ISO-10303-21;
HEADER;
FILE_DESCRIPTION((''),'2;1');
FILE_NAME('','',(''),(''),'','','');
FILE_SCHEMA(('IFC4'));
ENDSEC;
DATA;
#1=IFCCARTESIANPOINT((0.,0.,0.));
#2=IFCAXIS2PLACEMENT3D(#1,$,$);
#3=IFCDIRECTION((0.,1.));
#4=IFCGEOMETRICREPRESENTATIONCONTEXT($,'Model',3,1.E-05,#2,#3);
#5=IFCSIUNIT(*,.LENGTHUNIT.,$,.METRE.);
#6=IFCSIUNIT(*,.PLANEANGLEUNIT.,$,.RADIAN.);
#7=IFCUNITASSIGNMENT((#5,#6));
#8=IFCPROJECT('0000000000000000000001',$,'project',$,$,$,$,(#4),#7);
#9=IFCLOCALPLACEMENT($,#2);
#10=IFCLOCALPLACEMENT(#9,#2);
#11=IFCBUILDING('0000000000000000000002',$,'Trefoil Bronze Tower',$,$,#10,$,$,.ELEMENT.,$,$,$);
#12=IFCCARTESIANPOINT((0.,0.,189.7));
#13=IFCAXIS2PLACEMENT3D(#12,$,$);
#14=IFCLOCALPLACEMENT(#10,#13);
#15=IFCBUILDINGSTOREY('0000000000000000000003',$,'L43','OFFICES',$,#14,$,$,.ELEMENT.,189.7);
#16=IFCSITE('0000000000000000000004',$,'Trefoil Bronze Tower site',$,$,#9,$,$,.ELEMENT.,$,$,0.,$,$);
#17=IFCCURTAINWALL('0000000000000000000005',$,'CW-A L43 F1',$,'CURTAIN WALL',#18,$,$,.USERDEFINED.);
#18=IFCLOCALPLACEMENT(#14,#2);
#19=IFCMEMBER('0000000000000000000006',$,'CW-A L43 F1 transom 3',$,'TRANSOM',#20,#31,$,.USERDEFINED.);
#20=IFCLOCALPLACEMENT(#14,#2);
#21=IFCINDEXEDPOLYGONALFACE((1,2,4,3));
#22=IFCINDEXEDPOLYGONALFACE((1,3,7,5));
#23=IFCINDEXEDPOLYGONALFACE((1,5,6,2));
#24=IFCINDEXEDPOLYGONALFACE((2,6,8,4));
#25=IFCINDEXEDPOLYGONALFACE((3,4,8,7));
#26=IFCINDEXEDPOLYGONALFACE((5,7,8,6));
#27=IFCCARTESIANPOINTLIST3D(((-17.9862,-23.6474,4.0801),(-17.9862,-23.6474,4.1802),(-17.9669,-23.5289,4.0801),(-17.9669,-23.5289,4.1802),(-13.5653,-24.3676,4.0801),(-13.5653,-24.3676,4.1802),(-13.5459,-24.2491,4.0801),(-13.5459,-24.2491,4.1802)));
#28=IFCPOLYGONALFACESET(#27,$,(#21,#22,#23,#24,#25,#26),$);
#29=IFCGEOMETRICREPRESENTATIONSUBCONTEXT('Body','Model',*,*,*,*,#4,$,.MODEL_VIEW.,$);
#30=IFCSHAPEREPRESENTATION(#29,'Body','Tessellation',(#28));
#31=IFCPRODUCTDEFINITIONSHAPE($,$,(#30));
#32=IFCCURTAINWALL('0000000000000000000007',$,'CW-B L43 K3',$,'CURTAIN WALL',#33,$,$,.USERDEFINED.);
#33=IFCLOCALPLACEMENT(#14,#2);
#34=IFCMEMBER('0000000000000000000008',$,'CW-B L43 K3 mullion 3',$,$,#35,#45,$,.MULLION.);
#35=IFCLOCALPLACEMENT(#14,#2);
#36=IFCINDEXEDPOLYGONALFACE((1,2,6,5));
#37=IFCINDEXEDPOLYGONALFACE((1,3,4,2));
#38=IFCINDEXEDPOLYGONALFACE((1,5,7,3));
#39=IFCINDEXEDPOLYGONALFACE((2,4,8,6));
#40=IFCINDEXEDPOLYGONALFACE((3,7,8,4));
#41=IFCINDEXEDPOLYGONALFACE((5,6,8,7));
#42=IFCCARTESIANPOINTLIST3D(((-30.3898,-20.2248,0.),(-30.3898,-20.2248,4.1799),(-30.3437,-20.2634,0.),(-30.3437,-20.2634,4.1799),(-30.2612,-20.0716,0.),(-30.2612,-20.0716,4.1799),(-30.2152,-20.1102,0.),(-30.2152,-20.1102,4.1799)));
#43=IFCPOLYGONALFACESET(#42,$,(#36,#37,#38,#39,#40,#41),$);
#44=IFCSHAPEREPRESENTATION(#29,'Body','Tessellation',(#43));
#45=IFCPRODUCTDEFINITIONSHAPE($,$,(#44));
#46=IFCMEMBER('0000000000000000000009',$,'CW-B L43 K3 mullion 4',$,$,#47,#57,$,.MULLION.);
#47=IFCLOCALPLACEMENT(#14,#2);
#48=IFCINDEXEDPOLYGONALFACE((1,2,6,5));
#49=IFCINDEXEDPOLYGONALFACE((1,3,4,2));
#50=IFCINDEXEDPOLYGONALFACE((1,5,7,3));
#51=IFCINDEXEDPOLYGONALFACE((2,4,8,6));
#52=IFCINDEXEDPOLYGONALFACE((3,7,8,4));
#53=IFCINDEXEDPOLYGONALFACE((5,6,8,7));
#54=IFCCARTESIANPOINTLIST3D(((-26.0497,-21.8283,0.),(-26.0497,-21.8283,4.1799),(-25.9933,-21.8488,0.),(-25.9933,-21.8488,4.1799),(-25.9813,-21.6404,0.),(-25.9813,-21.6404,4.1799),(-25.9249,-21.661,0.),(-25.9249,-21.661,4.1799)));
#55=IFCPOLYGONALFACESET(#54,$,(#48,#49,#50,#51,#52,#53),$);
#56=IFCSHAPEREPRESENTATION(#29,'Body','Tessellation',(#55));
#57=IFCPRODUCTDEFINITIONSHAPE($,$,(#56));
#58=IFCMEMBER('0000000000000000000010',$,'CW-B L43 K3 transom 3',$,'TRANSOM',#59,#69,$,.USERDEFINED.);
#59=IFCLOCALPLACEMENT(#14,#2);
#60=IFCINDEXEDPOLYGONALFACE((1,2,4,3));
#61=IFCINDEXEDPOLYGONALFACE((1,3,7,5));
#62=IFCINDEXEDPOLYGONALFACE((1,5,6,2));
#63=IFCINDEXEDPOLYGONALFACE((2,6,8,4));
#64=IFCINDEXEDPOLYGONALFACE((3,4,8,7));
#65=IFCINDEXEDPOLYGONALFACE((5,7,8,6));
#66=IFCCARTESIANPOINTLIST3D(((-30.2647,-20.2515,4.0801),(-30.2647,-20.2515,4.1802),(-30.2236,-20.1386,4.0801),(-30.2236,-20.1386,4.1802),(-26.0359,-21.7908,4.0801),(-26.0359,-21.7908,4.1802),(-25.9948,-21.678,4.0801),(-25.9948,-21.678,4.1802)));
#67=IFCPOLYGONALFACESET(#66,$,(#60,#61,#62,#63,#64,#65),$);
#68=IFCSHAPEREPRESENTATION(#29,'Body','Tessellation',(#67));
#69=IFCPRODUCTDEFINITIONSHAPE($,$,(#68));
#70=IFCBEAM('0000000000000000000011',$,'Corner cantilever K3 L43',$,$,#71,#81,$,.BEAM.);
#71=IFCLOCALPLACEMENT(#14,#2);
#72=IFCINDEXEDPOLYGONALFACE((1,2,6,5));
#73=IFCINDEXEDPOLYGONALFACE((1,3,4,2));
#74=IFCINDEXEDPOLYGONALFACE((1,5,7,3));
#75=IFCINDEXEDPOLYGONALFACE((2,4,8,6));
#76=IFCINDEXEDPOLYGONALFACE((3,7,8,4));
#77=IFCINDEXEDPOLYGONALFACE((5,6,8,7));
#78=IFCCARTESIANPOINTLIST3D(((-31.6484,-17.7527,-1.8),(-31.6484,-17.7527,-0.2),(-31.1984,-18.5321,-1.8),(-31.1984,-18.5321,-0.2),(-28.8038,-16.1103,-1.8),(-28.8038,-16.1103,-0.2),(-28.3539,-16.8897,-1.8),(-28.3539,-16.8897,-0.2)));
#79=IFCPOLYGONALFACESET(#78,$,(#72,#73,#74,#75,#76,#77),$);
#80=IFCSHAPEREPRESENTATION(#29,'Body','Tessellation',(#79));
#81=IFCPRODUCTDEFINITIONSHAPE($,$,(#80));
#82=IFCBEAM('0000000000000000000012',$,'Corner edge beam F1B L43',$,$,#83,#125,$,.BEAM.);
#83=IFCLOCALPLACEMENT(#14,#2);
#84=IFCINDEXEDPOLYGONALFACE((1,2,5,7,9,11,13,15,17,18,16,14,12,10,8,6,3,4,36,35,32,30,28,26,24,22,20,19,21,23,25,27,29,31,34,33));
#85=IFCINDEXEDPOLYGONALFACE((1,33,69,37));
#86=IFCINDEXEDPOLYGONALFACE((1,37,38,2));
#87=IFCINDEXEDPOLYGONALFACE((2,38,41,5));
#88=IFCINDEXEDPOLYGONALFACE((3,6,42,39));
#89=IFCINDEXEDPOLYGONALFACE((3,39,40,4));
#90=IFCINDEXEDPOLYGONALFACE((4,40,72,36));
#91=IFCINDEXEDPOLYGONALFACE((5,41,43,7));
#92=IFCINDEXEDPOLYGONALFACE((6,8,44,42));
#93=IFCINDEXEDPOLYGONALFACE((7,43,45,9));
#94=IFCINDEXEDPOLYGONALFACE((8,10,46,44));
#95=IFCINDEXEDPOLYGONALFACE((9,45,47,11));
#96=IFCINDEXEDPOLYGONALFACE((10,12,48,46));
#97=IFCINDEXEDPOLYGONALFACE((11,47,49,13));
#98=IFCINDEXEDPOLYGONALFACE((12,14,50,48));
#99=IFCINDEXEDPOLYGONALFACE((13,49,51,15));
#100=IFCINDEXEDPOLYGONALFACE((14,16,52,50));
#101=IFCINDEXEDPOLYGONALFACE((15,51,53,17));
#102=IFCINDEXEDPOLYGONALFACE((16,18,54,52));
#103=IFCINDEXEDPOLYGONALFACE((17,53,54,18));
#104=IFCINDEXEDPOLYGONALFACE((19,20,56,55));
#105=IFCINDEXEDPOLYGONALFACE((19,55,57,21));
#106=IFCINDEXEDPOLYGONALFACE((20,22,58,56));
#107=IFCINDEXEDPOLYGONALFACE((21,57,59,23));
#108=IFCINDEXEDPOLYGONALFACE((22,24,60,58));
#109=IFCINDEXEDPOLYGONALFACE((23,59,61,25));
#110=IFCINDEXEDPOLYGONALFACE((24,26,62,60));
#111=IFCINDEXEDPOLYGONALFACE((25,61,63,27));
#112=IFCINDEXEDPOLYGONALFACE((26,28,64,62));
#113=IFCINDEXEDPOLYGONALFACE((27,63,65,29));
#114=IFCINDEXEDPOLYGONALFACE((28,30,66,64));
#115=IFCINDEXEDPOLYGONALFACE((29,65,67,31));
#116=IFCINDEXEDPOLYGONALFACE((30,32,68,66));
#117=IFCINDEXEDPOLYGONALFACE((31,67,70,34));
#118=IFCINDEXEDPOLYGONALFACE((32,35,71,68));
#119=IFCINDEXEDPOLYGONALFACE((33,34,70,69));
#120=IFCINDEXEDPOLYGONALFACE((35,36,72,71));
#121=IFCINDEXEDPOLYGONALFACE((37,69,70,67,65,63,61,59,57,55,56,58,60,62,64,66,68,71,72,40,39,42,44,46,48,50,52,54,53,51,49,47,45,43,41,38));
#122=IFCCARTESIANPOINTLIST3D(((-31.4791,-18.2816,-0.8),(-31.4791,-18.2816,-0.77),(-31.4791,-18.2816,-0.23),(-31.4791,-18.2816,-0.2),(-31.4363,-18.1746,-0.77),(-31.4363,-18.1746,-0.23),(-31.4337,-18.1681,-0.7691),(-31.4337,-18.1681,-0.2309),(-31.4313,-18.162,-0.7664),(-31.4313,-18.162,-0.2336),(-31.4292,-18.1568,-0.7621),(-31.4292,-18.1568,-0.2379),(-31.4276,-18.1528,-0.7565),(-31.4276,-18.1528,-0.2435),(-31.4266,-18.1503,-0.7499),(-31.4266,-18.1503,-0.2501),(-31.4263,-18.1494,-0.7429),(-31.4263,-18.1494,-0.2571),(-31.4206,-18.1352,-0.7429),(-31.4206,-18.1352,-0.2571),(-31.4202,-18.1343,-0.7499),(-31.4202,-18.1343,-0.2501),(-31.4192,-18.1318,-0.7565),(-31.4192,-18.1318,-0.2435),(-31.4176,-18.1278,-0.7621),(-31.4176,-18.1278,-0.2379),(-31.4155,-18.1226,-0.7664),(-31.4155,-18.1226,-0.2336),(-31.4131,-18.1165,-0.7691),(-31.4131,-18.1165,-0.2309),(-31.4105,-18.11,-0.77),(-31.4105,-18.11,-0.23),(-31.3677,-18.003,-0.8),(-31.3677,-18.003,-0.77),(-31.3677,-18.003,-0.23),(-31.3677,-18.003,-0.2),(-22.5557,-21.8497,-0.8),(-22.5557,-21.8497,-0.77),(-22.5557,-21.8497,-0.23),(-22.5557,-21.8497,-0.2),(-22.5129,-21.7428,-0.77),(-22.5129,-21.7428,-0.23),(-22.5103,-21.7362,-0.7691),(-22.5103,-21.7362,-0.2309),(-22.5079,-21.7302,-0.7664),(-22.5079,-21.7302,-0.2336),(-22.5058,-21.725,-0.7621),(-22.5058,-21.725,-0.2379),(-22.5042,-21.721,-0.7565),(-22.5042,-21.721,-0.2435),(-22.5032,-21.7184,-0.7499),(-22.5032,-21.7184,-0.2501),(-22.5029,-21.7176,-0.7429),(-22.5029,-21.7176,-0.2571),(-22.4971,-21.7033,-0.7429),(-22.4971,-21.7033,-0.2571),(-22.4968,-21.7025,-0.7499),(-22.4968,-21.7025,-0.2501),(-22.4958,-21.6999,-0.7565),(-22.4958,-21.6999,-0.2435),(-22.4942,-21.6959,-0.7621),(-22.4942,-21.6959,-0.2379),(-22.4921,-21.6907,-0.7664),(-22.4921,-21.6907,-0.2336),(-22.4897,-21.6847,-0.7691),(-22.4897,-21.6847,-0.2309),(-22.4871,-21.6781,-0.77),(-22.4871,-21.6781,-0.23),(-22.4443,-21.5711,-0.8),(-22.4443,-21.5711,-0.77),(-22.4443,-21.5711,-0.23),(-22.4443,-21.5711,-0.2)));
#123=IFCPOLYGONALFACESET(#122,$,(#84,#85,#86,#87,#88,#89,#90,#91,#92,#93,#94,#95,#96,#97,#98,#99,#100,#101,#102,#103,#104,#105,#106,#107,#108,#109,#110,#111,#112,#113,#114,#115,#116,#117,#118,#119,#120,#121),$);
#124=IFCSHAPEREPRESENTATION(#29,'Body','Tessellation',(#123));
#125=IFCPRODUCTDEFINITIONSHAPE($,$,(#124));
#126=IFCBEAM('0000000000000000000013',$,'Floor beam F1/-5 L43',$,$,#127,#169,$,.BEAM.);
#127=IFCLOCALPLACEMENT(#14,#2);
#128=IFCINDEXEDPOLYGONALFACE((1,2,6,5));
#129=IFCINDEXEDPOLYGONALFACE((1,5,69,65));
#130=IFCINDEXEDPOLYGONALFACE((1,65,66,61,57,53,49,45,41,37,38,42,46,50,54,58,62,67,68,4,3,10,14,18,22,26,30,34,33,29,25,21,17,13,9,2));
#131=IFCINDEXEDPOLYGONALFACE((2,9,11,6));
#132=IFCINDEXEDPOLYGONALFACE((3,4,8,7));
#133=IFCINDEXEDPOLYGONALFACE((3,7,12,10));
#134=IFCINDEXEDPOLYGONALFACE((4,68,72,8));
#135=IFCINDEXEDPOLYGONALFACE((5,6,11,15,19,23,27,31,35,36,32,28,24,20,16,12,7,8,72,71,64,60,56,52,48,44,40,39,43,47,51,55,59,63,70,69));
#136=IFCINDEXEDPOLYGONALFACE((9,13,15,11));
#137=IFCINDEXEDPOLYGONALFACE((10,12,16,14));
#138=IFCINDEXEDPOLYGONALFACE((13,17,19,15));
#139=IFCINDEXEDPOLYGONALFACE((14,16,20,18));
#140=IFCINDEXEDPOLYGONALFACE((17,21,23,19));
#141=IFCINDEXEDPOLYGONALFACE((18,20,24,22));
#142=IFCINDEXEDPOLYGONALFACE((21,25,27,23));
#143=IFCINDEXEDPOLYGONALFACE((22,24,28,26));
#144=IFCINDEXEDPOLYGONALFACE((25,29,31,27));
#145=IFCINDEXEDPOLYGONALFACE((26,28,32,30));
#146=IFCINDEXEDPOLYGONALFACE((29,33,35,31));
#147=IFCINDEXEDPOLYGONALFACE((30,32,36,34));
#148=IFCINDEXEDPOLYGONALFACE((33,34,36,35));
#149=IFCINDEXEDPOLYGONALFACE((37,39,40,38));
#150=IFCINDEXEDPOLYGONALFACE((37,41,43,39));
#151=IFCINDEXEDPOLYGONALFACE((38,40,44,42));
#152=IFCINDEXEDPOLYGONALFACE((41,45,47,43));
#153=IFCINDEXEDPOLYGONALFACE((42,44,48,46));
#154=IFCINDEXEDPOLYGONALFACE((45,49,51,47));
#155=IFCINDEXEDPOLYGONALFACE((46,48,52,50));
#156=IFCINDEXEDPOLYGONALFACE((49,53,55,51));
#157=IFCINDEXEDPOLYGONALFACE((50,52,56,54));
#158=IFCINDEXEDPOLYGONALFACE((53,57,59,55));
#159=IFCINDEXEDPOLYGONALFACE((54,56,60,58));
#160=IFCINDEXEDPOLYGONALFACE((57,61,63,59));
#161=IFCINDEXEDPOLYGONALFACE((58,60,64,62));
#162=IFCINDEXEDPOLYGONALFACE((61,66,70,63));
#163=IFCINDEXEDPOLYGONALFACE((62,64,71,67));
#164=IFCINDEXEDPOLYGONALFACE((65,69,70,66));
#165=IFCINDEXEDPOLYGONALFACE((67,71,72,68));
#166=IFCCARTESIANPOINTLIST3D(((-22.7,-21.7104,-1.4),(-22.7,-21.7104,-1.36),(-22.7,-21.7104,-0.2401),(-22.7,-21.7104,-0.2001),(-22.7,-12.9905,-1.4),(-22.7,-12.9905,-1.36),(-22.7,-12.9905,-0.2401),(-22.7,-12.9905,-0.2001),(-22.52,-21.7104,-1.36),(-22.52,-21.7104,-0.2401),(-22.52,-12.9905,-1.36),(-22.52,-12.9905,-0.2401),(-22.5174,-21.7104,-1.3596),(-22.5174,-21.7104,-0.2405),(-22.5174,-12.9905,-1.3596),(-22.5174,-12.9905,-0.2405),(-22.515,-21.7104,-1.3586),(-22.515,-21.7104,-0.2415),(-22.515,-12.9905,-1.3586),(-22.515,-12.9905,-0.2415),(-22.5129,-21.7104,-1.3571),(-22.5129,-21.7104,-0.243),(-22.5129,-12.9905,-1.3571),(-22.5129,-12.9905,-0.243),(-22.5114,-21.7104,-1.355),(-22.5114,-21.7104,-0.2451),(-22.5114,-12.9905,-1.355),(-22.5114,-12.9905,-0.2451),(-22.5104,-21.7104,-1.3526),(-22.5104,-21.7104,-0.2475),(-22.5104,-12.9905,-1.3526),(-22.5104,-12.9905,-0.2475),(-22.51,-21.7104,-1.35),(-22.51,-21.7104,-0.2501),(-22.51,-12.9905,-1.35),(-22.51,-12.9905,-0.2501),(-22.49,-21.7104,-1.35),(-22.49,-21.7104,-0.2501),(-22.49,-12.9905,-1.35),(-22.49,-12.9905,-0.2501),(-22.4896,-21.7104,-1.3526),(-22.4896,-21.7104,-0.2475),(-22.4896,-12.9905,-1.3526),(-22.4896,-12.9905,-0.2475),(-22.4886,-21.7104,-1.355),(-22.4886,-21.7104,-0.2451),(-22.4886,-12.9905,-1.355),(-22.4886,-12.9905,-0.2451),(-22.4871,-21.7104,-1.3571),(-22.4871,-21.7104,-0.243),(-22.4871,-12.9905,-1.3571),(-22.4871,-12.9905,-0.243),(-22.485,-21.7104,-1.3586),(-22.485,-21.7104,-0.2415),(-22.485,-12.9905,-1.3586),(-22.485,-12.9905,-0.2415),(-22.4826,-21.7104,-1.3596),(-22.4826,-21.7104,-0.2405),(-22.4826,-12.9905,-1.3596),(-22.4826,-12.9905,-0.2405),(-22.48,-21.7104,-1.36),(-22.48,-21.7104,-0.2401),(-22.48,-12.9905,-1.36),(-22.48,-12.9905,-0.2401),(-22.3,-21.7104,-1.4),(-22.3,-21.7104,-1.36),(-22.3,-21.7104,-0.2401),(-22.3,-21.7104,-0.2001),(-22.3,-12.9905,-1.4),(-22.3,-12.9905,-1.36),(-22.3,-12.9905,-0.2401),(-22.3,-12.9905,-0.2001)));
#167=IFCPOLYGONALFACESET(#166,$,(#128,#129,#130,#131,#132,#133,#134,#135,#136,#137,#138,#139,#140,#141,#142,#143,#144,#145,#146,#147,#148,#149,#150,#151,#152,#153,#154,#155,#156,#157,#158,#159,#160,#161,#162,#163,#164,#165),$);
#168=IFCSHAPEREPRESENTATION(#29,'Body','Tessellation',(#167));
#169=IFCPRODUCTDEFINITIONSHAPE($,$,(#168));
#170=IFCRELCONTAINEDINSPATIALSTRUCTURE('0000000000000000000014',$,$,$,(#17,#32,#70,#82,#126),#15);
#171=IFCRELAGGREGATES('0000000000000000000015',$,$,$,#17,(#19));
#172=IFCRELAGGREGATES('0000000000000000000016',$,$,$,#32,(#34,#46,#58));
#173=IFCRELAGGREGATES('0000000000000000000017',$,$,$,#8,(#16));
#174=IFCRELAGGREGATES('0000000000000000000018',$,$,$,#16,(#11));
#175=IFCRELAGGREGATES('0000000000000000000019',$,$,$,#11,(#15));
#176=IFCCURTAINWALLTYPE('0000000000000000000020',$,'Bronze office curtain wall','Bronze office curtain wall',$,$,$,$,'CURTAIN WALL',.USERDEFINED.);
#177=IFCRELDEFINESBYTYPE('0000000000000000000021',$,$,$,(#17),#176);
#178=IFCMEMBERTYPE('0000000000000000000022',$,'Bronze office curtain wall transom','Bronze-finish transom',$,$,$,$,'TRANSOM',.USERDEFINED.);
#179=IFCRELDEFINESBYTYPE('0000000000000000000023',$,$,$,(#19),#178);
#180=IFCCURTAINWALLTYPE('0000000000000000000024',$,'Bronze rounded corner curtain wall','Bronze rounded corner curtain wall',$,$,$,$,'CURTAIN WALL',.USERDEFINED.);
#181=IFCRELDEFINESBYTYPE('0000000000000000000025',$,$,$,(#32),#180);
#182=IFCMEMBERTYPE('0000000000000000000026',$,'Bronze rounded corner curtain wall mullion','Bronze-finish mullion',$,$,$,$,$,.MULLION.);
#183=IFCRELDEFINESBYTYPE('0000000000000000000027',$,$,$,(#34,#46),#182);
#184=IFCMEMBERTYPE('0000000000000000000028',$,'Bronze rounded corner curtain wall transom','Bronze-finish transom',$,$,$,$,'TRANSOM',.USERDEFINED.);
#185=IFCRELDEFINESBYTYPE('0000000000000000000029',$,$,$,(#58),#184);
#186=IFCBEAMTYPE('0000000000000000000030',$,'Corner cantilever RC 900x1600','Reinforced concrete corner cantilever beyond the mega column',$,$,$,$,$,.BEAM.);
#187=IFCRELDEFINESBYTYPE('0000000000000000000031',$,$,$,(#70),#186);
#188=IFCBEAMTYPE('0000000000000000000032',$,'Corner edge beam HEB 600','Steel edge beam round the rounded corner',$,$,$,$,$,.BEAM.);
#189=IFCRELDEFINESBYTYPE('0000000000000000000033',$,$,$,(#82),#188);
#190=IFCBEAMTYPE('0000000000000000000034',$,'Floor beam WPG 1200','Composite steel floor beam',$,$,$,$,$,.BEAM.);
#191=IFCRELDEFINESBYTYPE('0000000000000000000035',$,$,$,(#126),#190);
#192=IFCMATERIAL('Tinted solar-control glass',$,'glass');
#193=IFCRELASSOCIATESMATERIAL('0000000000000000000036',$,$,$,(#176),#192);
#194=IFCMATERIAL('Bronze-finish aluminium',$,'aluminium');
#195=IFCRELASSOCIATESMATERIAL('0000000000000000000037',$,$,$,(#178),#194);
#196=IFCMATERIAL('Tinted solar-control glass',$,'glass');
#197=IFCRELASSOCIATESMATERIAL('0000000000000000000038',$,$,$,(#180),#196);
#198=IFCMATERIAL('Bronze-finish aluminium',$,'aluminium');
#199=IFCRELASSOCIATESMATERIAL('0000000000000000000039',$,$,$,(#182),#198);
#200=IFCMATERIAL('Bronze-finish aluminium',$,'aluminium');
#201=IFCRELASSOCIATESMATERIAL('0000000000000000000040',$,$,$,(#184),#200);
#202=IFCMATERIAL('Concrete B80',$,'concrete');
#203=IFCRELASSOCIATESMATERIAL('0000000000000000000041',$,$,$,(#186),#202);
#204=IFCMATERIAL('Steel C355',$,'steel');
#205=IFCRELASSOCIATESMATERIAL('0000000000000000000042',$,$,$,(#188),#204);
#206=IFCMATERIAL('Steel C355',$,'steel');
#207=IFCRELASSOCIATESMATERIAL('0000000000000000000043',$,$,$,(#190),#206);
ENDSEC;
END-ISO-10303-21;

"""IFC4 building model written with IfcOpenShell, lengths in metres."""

from ifc_helpers import new_model, si_unit, direction, frame, origin, origin_2d, place, context, subcontext, project, spatial, rectangle, i_section, extrude, material, material_profile, profile_set, type_object, element, aggregate, save


model = new_model("IFC4")

# Units and contexts
model_context = context("Model", 3, precision=1e-05, world=origin(), true_north=direction((0.0, 1.0)))
body_context = subcontext(model_context, "Body", "Model", "MODEL_VIEW")
ifc_project = project(units=[si_unit("LENGTHUNIT", "METRE"), si_unit("PLANEANGLEUNIT", "RADIAN")], contexts=[model_context])

# Site, building, storey
site_placement = place(None, origin())
site = spatial("IfcSite", under=ifc_project, at=site_placement, Name="Trefoil Bronze Tower site", CompositionType="ELEMENT", RefElevation=0.0)
building_placement = place(site_placement, origin())
building = spatial("IfcBuilding", under=site, at=building_placement, Name="Trefoil Bronze Tower", CompositionType="ELEMENT")
storey_placement = place(building_placement, frame((0.0, 0.0, 189.7)))
storey = spatial("IfcBuildingStorey", under=building, at=storey_placement, Name="L43", Description="OFFICES", CompositionType="ELEMENT", Elevation=189.7)

# Curtain walls, members
ifc_material_1 = material(Name="Tinted solar-control glass", Category="glass")
curtain_wall_type_1 = type_object("IfcCurtainWallType", Name="Bronze office curtain wall", Description="Bronze office curtain wall", ElementType="CURTAIN WALL", PredefinedType="USERDEFINED", material=ifc_material_1)
curtain_wall_1_placement = place(storey_placement, origin())
curtain_wall_1 = element("IfcCurtainWall", 1, at=curtain_wall_1_placement, inside=storey, type_object=curtain_wall_type_1, Name="CW-A L43 F1", ObjectType="CURTAIN WALL", PredefinedType="USERDEFINED")
ifc_material_2 = material(Name="Bronze-finish aluminium", Category="aluminium")
ifc_material_profile_1 = material_profile(ifc_material_2, rectangle(XDim=0.1201, YDim=0.1001, at=origin_2d()), Name="CW-A transom")
ifc_profile_set_1 = profile_set([ifc_material_profile_1], Name="Bronze-finish aluminium")
member_type_1 = type_object("IfcMemberType", Name="Bronze office curtain wall transom", Description="Bronze-finish transom", ElementType="TRANSOM", PredefinedType="USERDEFINED", material=ifc_profile_set_1)
member_1_placement = place(storey_placement, frame((-17.9766, -23.5881, 4.1301), z_axis=(0.986988, -0.160792, 0.0), x_axis=(0.160792, 0.986988, 0.0)))
member_1 = element("IfcMember", 2, at=member_1_placement, type_object=member_type_1, Name="CW-A L43 F1 transom 3", ObjectType="TRANSOM", PredefinedType="USERDEFINED", context=body_context, shape_type="SweptSolid", body=[
    extrude(rectangle(XDim=0.1201, YDim=0.1001, at=origin_2d()), origin(), (0.0, 0.0, 1.0), 4.4792),
])
ifc_material_3 = material(Name="Tinted solar-control glass", Category="glass")
curtain_wall_type_2 = type_object("IfcCurtainWallType", Name="Bronze rounded corner curtain wall", Description="Bronze rounded corner curtain wall", ElementType="CURTAIN WALL", PredefinedType="USERDEFINED", material=ifc_material_3)
curtain_wall_2_placement = place(storey_placement, origin())
curtain_wall_2 = element("IfcCurtainWall", 3, at=curtain_wall_2_placement, inside=storey, type_object=curtain_wall_type_2, Name="CW-B L43 K3", ObjectType="CURTAIN WALL", PredefinedType="USERDEFINED")
ifc_material_4 = material(Name="Bronze-finish aluminium", Category="aluminium")
ifc_material_profile_2 = material_profile(ifc_material_4, rectangle(XDim=0.2, YDim=0.0601, at=origin_2d()), Name="CW-B mullion")
ifc_profile_set_2 = profile_set([ifc_material_profile_2], Name="Bronze-finish aluminium")
member_type_2 = type_object("IfcMemberType", Name="Bronze rounded corner curtain wall mullion", Description="Bronze-finish mullion", PredefinedType="MULLION", material=ifc_profile_set_2)
member_2_placement = place(storey_placement, frame((-30.3025, -20.1675, 0.0), z_axis=(0.0, 0.0, 1.0), x_axis=(0.642788, 0.766044, 0.0)))
member_2 = element("IfcMember", 4, at=member_2_placement, type_object=member_type_2, Name="CW-B L43 K3 mullion 3", PredefinedType="MULLION", context=body_context, shape_type="SweptSolid", body=[
    extrude(rectangle(XDim=0.2, YDim=0.0601, at=origin_2d()), origin(), (0.0, 0.0, 1.0), 4.1799),
])
member_3_placement = place(storey_placement, frame((-25.9873, -21.7446, 0.0), z_axis=(0.0, 0.0, 1.0), x_axis=(0.34202, 0.939693, 0.0)))
member_3 = element("IfcMember", 5, at=member_3_placement, type_object=member_type_2, Name="CW-B L43 K3 mullion 4", PredefinedType="MULLION", context=body_context, shape_type="SweptSolid", body=[
    extrude(rectangle(XDim=0.2, YDim=0.0601, at=origin_2d()), origin(), (0.0, 0.0, 1.0), 4.1799),
])
ifc_material_5 = material(Name="Bronze-finish aluminium", Category="aluminium")
ifc_material_profile_3 = material_profile(ifc_material_5, rectangle(XDim=0.1201, YDim=0.1001, at=origin_2d()), Name="CW-B transom")
ifc_profile_set_3 = profile_set([ifc_material_profile_3], Name="Bronze-finish aluminium")
member_type_3 = type_object("IfcMemberType", Name="Bronze rounded corner curtain wall transom", Description="Bronze-finish transom", ElementType="TRANSOM", PredefinedType="USERDEFINED", material=ifc_profile_set_3)
member_4_placement = place(storey_placement, frame((-30.2441, -20.1951, 4.1301), z_axis=(0.939681, -0.342052, 0.0), x_axis=(0.342052, 0.939681, 0.0)))
member_4 = element("IfcMember", 6, at=member_4_placement, type_object=member_type_3, Name="CW-B L43 K3 transom 3", ObjectType="TRANSOM", PredefinedType="USERDEFINED", context=body_context, shape_type="SweptSolid", body=[
    extrude(rectangle(XDim=0.1201, YDim=0.1001, at=origin_2d()), origin(), (0.0, 0.0, 1.0), 4.5002),
])

# Beams
ifc_material_6 = material(Name="Concrete B80", Category="concrete")
ifc_material_profile_4 = material_profile(ifc_material_6, rectangle(XDim=0.8999, YDim=1.6001, at=origin_2d()), Name="RC 900x1600")
ifc_profile_set_4 = profile_set([ifc_material_profile_4], Name="Concrete B80")
beam_type_1 = type_object("IfcBeamType", Name="Corner cantilever RC 900x1600", Description="Reinforced concrete corner cantilever beyond the mega column", PredefinedType="BEAM", material=ifc_profile_set_4)
beam_1_placement = place(storey_placement, frame((-28.5789, -16.5, -1.0), z_axis=(-0.866016, -0.500016, 0.0), x_axis=(0.500016, -0.866016, 0.0)))
element("IfcBeam", 7, at=beam_1_placement, inside=storey, type_object=beam_type_1, Name="Corner cantilever K3 L43", PredefinedType="BEAM", context=body_context, shape_type="SweptSolid", body=[
    extrude(rectangle(XDim=0.8999, YDim=1.6001, at=origin_2d()), origin(), (0.0, 0.0, 1.0), 3.2847),
])
ifc_material_7 = material(Name="Steel C355", Category="steel")
ifc_material_profile_5 = material_profile(ifc_material_7, i_section(OverallWidth=0.3, OverallDepth=0.6001, WebThickness=0.0154, FlangeThickness=0.03, FilletRadius=0.0271, at=origin_2d()), Name="HEB 600")
ifc_profile_set_5 = profile_set([ifc_material_profile_5], Name="Steel C355")
beam_type_2 = type_object("IfcBeamType", Name="Corner edge beam HEB 600", Description="Steel edge beam round the rounded corner", PredefinedType="BEAM", material=ifc_profile_set_5)
beam_2_placement = place(storey_placement, frame((-22.5, -21.7104, -0.5), z_axis=(-0.92852, 0.371281, 0.0), x_axis=(-0.371281, -0.92852, 0.0)))
element("IfcBeam", 8, at=beam_2_placement, inside=storey, type_object=beam_type_2, Name="Corner edge beam F1B L43", PredefinedType="BEAM", context=body_context, shape_type="SweptSolid", body=[
    extrude(i_section(OverallWidth=0.3, OverallDepth=0.6001, WebThickness=0.0154, FlangeThickness=0.03, FilletRadius=0.0271, at=origin_2d()), origin(), (0.0, 0.0, 1.0), 9.6104),
])
ifc_material_8 = material(Name="Steel C355", Category="steel")
ifc_material_profile_6 = material_profile(ifc_material_8, i_section(OverallWidth=0.3999, OverallDepth=1.2, WebThickness=0.02, FlangeThickness=0.04, FilletRadius=0.01, at=origin_2d()), Name="WPG 1200")
ifc_profile_set_6 = profile_set([ifc_material_profile_6], Name="Steel C355")
beam_type_3 = type_object("IfcBeamType", Name="Floor beam WPG 1200", Description="Composite steel floor beam", PredefinedType="BEAM", material=ifc_profile_set_6)
beam_3_placement = place(storey_placement, frame((-22.5, -21.7104, -0.8), z_axis=(0.0, 1.0, 0.0), x_axis=(-1.0, 0.0, 0.0)))
element("IfcBeam", 9, at=beam_3_placement, inside=storey, type_object=beam_type_3, Name="Floor beam F1/-5 L43", PredefinedType="BEAM", context=body_context, shape_type="SweptSolid", body=[
    extrude(i_section(OverallWidth=0.3999, OverallDepth=1.2, WebThickness=0.02, FlangeThickness=0.04, FilletRadius=0.01, at=origin_2d()), origin(), (0.0, 0.0, 1.0), 8.72),
])

aggregate(curtain_wall_1, [member_1])
aggregate(curtain_wall_2, [member_2, member_3, member_4])

save(model, "model.ifc")
